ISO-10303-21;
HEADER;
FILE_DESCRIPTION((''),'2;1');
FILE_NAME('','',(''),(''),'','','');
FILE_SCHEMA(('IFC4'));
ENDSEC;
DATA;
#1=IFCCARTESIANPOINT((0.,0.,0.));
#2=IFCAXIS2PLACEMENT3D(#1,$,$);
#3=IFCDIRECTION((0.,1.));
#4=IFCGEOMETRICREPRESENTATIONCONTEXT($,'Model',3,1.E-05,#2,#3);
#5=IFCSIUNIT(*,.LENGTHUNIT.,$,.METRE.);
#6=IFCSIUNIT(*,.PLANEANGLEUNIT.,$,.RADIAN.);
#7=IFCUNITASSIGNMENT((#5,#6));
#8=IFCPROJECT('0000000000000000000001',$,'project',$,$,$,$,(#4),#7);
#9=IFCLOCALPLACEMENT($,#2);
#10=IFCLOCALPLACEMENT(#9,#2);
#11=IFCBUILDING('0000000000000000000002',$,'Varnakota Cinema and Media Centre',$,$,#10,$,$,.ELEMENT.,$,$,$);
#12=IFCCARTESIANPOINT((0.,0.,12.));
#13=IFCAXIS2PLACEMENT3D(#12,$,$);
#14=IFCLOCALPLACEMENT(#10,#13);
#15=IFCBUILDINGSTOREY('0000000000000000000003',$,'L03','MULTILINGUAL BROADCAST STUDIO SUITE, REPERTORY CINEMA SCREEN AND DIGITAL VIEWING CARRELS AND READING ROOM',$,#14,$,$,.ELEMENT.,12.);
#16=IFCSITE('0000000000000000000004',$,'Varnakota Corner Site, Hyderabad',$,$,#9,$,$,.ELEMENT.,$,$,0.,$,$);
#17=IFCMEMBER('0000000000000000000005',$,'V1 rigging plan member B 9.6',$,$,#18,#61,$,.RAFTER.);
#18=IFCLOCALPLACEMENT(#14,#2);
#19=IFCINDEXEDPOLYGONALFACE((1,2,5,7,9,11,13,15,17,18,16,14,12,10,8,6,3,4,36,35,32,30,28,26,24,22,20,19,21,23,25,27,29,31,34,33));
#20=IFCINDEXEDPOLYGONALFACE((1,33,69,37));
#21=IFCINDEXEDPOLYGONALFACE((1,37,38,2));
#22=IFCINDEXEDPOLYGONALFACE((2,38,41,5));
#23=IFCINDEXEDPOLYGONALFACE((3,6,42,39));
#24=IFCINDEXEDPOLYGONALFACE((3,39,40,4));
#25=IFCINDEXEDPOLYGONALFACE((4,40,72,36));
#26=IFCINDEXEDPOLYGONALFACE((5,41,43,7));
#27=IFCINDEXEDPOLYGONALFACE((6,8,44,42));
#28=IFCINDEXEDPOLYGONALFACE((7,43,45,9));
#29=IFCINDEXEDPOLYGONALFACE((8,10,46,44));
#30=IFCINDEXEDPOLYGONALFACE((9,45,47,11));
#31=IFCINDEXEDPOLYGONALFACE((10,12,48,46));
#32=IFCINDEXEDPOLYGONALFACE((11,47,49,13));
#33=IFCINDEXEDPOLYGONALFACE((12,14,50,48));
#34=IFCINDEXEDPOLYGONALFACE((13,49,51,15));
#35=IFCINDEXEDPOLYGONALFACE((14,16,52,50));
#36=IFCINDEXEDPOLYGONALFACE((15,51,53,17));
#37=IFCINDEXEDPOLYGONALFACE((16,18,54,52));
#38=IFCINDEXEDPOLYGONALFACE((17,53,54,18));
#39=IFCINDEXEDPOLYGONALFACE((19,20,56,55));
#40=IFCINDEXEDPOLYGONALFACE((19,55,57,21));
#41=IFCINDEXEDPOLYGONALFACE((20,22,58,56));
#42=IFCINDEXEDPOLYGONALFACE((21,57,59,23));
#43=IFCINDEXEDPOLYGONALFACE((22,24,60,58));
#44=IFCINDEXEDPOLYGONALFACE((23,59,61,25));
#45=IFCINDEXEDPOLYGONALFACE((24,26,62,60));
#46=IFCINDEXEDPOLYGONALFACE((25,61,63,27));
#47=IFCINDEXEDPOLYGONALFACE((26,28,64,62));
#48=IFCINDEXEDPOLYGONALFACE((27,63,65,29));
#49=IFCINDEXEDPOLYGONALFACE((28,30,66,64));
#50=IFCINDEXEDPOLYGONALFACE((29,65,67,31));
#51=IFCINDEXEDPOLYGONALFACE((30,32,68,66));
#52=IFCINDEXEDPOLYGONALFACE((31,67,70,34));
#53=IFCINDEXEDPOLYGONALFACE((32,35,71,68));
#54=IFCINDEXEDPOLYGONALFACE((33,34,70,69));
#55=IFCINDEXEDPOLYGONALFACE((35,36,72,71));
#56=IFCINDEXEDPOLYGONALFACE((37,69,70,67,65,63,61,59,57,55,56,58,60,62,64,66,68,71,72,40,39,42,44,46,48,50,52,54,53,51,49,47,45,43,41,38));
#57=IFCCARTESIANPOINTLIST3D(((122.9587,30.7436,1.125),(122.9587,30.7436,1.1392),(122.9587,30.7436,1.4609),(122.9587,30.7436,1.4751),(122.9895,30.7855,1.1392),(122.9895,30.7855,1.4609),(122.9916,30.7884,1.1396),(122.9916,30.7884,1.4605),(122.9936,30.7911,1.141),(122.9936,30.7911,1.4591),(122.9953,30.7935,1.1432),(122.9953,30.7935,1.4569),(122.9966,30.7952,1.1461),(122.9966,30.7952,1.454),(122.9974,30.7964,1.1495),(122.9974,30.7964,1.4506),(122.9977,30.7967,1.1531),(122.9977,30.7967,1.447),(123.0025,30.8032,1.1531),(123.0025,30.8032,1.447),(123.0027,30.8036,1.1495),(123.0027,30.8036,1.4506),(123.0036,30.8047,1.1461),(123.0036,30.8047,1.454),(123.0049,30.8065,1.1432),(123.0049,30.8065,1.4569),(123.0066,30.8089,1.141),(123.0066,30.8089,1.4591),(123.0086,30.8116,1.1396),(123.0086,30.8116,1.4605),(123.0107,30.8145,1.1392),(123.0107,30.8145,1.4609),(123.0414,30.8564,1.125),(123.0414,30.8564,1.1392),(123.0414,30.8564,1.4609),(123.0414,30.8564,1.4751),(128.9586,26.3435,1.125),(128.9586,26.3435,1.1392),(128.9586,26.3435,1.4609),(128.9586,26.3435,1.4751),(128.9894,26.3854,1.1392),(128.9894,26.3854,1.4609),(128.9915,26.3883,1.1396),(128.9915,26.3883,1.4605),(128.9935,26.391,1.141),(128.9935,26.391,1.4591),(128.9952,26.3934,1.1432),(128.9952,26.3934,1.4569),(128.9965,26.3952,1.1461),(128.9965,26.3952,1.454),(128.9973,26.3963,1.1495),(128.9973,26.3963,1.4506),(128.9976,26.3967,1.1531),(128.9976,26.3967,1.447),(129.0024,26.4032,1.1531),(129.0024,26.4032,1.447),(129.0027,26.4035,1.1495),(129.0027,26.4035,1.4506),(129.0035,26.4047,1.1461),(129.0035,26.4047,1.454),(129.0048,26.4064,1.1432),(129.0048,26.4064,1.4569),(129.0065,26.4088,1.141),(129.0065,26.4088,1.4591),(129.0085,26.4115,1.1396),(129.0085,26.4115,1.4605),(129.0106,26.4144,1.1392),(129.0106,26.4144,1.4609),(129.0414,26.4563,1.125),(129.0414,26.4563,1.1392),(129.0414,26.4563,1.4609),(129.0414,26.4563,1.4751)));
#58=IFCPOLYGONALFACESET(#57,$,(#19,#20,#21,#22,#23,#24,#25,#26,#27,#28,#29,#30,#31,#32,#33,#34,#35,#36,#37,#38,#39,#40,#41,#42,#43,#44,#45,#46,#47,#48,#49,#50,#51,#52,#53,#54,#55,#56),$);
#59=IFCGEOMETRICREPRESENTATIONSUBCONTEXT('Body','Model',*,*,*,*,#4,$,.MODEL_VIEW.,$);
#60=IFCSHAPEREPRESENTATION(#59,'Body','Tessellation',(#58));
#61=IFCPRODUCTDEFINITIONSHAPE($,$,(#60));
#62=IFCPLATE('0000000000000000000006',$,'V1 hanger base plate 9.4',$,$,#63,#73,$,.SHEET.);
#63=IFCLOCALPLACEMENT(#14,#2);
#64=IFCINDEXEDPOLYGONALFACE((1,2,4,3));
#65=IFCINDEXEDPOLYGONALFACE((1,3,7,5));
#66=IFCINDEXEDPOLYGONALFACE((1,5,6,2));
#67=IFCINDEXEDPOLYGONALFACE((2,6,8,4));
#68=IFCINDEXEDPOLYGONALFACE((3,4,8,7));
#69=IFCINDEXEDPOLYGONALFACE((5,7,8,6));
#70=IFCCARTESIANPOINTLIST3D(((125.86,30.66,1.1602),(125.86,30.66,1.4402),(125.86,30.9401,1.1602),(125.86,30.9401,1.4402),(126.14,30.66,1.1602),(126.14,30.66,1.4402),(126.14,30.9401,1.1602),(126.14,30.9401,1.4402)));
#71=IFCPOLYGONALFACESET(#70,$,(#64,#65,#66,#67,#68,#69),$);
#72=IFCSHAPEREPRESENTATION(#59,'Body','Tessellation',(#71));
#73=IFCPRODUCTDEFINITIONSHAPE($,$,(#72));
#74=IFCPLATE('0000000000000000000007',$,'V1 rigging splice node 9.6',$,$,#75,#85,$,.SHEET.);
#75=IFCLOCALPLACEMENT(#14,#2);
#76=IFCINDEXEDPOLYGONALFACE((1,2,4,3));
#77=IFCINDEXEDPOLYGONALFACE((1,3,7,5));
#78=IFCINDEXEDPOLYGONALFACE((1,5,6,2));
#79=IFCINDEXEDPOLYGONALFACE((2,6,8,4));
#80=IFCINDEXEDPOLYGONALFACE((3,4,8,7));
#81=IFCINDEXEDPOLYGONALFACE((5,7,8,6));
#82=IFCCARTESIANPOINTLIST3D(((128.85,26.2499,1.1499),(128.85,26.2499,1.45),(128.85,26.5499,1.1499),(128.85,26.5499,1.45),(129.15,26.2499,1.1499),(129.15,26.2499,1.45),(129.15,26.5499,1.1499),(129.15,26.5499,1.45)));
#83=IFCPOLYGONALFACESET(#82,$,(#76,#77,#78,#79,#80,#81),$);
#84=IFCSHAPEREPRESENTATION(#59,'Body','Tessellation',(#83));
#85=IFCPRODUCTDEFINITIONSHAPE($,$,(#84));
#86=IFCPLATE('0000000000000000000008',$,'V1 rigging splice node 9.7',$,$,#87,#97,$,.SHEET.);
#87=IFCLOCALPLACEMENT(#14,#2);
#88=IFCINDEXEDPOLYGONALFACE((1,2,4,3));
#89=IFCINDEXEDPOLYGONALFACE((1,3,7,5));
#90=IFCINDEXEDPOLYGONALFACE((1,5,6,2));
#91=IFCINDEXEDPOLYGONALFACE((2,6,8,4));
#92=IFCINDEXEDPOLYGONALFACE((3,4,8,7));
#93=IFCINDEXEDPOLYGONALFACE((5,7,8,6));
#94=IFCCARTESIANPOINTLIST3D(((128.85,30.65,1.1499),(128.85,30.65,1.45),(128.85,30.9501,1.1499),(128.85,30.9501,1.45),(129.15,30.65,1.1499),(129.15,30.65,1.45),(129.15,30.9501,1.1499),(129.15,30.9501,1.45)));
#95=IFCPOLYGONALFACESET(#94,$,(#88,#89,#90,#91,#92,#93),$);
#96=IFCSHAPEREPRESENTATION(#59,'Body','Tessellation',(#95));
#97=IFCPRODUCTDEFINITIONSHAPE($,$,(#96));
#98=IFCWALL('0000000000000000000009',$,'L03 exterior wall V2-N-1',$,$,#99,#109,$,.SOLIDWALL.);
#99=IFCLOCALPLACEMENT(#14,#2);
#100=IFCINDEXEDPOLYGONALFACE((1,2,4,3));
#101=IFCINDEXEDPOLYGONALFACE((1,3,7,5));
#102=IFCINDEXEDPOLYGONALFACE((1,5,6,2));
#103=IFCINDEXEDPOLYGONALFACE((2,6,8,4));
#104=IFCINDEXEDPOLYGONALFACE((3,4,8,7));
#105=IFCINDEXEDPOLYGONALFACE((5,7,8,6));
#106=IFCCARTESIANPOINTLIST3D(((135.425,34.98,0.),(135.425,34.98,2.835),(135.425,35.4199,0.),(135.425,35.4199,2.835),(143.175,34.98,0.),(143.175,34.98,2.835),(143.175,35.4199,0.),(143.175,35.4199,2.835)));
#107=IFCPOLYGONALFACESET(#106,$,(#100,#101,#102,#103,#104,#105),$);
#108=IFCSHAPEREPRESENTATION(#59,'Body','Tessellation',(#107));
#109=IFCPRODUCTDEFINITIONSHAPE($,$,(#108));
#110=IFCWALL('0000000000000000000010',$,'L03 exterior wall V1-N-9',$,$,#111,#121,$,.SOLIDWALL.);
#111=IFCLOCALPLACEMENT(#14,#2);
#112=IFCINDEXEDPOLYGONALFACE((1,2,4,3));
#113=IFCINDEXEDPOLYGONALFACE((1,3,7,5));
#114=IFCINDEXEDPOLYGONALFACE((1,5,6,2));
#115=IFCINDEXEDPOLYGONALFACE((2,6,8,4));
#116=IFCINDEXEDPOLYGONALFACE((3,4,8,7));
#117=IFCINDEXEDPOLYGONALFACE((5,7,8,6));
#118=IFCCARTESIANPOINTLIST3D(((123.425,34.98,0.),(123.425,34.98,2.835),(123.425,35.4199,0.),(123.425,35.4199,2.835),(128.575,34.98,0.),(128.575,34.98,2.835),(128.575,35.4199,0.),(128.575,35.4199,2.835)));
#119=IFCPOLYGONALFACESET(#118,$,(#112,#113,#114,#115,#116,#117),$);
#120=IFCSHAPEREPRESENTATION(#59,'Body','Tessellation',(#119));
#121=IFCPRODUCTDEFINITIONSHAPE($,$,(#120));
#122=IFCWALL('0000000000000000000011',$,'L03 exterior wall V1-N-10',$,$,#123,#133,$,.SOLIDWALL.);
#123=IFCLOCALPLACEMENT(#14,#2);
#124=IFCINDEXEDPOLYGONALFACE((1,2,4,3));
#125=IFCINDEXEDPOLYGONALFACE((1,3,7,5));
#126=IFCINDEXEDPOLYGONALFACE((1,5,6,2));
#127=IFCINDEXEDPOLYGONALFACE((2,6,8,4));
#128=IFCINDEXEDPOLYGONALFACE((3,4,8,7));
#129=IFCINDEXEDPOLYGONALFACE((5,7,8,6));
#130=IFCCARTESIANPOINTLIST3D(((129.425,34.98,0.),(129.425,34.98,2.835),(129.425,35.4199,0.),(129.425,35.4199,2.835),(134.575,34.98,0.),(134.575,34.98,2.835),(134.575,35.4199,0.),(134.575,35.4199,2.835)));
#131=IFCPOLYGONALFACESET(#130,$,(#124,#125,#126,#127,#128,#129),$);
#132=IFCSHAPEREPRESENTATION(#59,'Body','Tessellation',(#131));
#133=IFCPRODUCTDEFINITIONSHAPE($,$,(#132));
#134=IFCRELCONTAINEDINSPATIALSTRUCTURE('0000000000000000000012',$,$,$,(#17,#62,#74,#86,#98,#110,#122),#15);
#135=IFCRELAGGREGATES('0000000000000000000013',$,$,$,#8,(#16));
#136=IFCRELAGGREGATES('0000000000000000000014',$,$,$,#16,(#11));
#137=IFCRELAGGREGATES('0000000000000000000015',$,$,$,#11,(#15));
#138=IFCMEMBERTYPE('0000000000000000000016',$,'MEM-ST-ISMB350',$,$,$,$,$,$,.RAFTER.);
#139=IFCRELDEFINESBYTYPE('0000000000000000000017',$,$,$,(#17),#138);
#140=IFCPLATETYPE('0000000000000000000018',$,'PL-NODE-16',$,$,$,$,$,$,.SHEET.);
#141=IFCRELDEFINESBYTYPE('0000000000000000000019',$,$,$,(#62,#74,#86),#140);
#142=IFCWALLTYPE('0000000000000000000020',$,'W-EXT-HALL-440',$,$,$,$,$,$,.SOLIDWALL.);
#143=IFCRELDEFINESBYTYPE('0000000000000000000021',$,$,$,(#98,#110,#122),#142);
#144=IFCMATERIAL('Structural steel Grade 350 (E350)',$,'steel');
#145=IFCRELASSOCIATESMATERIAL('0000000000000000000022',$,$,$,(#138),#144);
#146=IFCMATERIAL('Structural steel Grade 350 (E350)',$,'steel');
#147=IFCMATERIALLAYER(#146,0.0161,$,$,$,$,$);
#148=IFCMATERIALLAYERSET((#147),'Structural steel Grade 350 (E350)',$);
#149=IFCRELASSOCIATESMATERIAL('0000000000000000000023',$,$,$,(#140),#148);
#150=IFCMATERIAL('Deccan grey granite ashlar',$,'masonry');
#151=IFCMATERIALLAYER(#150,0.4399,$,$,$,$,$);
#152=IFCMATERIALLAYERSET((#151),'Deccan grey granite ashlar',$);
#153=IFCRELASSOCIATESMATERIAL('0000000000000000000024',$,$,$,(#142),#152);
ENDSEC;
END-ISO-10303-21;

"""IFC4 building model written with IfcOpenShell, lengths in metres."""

from ifc_helpers import new_model, si_unit, direction, frame, frame_2d, origin, origin_2d, place, context, subcontext, project, spatial, rectangle, i_section, extrude, material, layer, layer_set, material_profile, profile_set, type_object, element, save


model = new_model("IFC4")

# Units and contexts
model_context = context("Model", 3, precision=1e-05, world=origin(), true_north=direction((0.0, 1.0)))
body_context = subcontext(model_context, "Body", "Model", "MODEL_VIEW")
ifc_project = project(units=[si_unit("LENGTHUNIT", "METRE"), si_unit("PLANEANGLEUNIT", "RADIAN")], contexts=[model_context])

# Site, building, storey
site_placement = place(None, origin())
site = spatial("IfcSite", under=ifc_project, at=site_placement, Name="Varnakota Corner Site, Hyderabad", CompositionType="ELEMENT", RefElevation=0.0)
building_placement = place(site_placement, origin())
building = spatial("IfcBuilding", under=site, at=building_placement, Name="Varnakota Cinema and Media Centre", CompositionType="ELEMENT")
storey_placement = place(building_placement, frame((0.0, 0.0, 12.0)))
storey = spatial("IfcBuildingStorey", under=building, at=storey_placement, Name="L03", Description="MULTILINGUAL BROADCAST STUDIO SUITE, REPERTORY CINEMA SCREEN AND DIGITAL VIEWING CARRELS AND READING ROOM", CompositionType="ELEMENT", Elevation=12.0)

# Member
ifc_material_1 = material(Name="Structural steel Grade 350 (E350)", Category="steel")
ifc_material_profile_1 = material_profile(ifc_material_1, i_section(OverallWidth=0.1399, OverallDepth=0.3501, WebThickness=0.0081, FlangeThickness=0.0142, FilletRadius=0.0139, at=origin_2d()), Name="ISMB 350")
ifc_profile_set_1 = profile_set([ifc_material_profile_1], Name="Structural steel Grade 350 (E350)")
member_type_1 = type_object("IfcMemberType", Name="MEM-ST-ISMB350", PredefinedType="RAFTER", material=ifc_profile_set_1)
member_1_placement = place(storey_placement, frame((129.0, 26.3999, 1.3), z_axis=(-0.806396, 0.591376, 0.0), x_axis=(-0.591376, -0.806396, 0.0)))
element("IfcMember", 1, at=member_1_placement, inside=storey, type_object=member_type_1, Name="V1 rigging plan member B 9.6", PredefinedType="RAFTER", context=body_context, shape_type="SweptSolid", body=[
    extrude(i_section(OverallWidth=0.1399, OverallDepth=0.3501, WebThickness=0.0081, FlangeThickness=0.0142, FilletRadius=0.0139, at=origin_2d()), origin(), (0.0, 0.0, 1.0), 7.4404),
])

# Plates
ifc_material_2 = material(Name="Structural steel Grade 350 (E350)", Category="steel")
ifc_layer_1 = layer(ifc_material_2, 0.0161)
ifc_layer_set_1 = layer_set([ifc_layer_1], Name="Structural steel Grade 350 (E350)")
plate_type = type_object("IfcPlateType", Name="PL-NODE-16", PredefinedType="SHEET", material=ifc_layer_set_1)
plate_placement = place(storey_placement, frame((126.0, 30.8, 1.1602), z_axis=(0.0, 0.0, 1.0), x_axis=(1.0, 0.0, 0.0)))
element("IfcPlate", 2, at=plate_placement, inside=storey, type_object=plate_type, Name="V1 hanger base plate 9.4", PredefinedType="SHEET", context=body_context, shape_type="SweptSolid", body=[
    extrude(rectangle(XDim=0.28, YDim=0.28, at=origin_2d()), origin(), (0.0, 0.0, 1.0), 0.28),
])
for number, where, z_axis, x_axis, name in (
    (3, (129.0, 26.3999, 1.1499), (0.0, 0.0, 1.0), (1.0, 0.0, 0.0), "V1 rigging splice node 9.6"),
    (4, (129.0, 30.8, 1.1499), (0.0, 0.0, 1.0), (1.0, 0.0, 0.0), "V1 rigging splice node 9.7"),
):
    element("IfcPlate", number, at=place(storey_placement, frame(where, z_axis=z_axis, x_axis=x_axis)), inside=storey, type_object=plate_type, Name=name, PredefinedType="SHEET", context=body_context, shape_type="SweptSolid", body=[
        extrude(rectangle(XDim=0.3, YDim=0.3, at=origin_2d()), origin(), (0.0, 0.0, 1.0), 0.3),
    ])

# Walls
ifc_material_3 = material(Name="Deccan grey granite ashlar", Category="masonry")
ifc_layer_2 = layer(ifc_material_3, 0.4399)
ifc_layer_set_2 = layer_set([ifc_layer_2], Name="Deccan grey granite ashlar")
wall_type = type_object("IfcWallType", Name="W-EXT-HALL-440", PredefinedType="SOLIDWALL", material=ifc_layer_set_2)
wall_placement = place(storey_placement, frame((135.425, 35.2, 0.0), z_axis=(0.0, 0.0, 1.0), x_axis=(1.0, 0.0, 0.0)))
element("IfcWall", 5, at=wall_placement, inside=storey, type_object=wall_type, Name="L03 exterior wall V2-N-1", PredefinedType="SOLIDWALL", context=body_context, shape_type="SweptSolid", body=[
    extrude(rectangle(XDim=7.75, YDim=0.4399, at=frame_2d((3.875, 0.0))), origin(), (0.0, 0.0, 1.0), 2.835),
])
for number, where, z_axis, x_axis, name in (
    (6, (123.425, 35.2, 0.0), (0.0, 0.0, 1.0), (1.0, 0.0, 0.0), "L03 exterior wall V1-N-9"),
    (7, (129.425, 35.2, 0.0), (0.0, 0.0, 1.0), (1.0, 0.0, 0.0), "L03 exterior wall V1-N-10"),
):
    element("IfcWall", number, at=place(storey_placement, frame(where, z_axis=z_axis, x_axis=x_axis)), inside=storey, type_object=wall_type, Name=name, PredefinedType="SOLIDWALL", context=body_context, shape_type="SweptSolid", body=[
        extrude(rectangle(XDim=5.1499, YDim=0.4399, at=frame_2d((2.575, 0.0))), origin(), (0.0, 0.0, 1.0), 2.835),
    ])

save(model, "model.ifc")
